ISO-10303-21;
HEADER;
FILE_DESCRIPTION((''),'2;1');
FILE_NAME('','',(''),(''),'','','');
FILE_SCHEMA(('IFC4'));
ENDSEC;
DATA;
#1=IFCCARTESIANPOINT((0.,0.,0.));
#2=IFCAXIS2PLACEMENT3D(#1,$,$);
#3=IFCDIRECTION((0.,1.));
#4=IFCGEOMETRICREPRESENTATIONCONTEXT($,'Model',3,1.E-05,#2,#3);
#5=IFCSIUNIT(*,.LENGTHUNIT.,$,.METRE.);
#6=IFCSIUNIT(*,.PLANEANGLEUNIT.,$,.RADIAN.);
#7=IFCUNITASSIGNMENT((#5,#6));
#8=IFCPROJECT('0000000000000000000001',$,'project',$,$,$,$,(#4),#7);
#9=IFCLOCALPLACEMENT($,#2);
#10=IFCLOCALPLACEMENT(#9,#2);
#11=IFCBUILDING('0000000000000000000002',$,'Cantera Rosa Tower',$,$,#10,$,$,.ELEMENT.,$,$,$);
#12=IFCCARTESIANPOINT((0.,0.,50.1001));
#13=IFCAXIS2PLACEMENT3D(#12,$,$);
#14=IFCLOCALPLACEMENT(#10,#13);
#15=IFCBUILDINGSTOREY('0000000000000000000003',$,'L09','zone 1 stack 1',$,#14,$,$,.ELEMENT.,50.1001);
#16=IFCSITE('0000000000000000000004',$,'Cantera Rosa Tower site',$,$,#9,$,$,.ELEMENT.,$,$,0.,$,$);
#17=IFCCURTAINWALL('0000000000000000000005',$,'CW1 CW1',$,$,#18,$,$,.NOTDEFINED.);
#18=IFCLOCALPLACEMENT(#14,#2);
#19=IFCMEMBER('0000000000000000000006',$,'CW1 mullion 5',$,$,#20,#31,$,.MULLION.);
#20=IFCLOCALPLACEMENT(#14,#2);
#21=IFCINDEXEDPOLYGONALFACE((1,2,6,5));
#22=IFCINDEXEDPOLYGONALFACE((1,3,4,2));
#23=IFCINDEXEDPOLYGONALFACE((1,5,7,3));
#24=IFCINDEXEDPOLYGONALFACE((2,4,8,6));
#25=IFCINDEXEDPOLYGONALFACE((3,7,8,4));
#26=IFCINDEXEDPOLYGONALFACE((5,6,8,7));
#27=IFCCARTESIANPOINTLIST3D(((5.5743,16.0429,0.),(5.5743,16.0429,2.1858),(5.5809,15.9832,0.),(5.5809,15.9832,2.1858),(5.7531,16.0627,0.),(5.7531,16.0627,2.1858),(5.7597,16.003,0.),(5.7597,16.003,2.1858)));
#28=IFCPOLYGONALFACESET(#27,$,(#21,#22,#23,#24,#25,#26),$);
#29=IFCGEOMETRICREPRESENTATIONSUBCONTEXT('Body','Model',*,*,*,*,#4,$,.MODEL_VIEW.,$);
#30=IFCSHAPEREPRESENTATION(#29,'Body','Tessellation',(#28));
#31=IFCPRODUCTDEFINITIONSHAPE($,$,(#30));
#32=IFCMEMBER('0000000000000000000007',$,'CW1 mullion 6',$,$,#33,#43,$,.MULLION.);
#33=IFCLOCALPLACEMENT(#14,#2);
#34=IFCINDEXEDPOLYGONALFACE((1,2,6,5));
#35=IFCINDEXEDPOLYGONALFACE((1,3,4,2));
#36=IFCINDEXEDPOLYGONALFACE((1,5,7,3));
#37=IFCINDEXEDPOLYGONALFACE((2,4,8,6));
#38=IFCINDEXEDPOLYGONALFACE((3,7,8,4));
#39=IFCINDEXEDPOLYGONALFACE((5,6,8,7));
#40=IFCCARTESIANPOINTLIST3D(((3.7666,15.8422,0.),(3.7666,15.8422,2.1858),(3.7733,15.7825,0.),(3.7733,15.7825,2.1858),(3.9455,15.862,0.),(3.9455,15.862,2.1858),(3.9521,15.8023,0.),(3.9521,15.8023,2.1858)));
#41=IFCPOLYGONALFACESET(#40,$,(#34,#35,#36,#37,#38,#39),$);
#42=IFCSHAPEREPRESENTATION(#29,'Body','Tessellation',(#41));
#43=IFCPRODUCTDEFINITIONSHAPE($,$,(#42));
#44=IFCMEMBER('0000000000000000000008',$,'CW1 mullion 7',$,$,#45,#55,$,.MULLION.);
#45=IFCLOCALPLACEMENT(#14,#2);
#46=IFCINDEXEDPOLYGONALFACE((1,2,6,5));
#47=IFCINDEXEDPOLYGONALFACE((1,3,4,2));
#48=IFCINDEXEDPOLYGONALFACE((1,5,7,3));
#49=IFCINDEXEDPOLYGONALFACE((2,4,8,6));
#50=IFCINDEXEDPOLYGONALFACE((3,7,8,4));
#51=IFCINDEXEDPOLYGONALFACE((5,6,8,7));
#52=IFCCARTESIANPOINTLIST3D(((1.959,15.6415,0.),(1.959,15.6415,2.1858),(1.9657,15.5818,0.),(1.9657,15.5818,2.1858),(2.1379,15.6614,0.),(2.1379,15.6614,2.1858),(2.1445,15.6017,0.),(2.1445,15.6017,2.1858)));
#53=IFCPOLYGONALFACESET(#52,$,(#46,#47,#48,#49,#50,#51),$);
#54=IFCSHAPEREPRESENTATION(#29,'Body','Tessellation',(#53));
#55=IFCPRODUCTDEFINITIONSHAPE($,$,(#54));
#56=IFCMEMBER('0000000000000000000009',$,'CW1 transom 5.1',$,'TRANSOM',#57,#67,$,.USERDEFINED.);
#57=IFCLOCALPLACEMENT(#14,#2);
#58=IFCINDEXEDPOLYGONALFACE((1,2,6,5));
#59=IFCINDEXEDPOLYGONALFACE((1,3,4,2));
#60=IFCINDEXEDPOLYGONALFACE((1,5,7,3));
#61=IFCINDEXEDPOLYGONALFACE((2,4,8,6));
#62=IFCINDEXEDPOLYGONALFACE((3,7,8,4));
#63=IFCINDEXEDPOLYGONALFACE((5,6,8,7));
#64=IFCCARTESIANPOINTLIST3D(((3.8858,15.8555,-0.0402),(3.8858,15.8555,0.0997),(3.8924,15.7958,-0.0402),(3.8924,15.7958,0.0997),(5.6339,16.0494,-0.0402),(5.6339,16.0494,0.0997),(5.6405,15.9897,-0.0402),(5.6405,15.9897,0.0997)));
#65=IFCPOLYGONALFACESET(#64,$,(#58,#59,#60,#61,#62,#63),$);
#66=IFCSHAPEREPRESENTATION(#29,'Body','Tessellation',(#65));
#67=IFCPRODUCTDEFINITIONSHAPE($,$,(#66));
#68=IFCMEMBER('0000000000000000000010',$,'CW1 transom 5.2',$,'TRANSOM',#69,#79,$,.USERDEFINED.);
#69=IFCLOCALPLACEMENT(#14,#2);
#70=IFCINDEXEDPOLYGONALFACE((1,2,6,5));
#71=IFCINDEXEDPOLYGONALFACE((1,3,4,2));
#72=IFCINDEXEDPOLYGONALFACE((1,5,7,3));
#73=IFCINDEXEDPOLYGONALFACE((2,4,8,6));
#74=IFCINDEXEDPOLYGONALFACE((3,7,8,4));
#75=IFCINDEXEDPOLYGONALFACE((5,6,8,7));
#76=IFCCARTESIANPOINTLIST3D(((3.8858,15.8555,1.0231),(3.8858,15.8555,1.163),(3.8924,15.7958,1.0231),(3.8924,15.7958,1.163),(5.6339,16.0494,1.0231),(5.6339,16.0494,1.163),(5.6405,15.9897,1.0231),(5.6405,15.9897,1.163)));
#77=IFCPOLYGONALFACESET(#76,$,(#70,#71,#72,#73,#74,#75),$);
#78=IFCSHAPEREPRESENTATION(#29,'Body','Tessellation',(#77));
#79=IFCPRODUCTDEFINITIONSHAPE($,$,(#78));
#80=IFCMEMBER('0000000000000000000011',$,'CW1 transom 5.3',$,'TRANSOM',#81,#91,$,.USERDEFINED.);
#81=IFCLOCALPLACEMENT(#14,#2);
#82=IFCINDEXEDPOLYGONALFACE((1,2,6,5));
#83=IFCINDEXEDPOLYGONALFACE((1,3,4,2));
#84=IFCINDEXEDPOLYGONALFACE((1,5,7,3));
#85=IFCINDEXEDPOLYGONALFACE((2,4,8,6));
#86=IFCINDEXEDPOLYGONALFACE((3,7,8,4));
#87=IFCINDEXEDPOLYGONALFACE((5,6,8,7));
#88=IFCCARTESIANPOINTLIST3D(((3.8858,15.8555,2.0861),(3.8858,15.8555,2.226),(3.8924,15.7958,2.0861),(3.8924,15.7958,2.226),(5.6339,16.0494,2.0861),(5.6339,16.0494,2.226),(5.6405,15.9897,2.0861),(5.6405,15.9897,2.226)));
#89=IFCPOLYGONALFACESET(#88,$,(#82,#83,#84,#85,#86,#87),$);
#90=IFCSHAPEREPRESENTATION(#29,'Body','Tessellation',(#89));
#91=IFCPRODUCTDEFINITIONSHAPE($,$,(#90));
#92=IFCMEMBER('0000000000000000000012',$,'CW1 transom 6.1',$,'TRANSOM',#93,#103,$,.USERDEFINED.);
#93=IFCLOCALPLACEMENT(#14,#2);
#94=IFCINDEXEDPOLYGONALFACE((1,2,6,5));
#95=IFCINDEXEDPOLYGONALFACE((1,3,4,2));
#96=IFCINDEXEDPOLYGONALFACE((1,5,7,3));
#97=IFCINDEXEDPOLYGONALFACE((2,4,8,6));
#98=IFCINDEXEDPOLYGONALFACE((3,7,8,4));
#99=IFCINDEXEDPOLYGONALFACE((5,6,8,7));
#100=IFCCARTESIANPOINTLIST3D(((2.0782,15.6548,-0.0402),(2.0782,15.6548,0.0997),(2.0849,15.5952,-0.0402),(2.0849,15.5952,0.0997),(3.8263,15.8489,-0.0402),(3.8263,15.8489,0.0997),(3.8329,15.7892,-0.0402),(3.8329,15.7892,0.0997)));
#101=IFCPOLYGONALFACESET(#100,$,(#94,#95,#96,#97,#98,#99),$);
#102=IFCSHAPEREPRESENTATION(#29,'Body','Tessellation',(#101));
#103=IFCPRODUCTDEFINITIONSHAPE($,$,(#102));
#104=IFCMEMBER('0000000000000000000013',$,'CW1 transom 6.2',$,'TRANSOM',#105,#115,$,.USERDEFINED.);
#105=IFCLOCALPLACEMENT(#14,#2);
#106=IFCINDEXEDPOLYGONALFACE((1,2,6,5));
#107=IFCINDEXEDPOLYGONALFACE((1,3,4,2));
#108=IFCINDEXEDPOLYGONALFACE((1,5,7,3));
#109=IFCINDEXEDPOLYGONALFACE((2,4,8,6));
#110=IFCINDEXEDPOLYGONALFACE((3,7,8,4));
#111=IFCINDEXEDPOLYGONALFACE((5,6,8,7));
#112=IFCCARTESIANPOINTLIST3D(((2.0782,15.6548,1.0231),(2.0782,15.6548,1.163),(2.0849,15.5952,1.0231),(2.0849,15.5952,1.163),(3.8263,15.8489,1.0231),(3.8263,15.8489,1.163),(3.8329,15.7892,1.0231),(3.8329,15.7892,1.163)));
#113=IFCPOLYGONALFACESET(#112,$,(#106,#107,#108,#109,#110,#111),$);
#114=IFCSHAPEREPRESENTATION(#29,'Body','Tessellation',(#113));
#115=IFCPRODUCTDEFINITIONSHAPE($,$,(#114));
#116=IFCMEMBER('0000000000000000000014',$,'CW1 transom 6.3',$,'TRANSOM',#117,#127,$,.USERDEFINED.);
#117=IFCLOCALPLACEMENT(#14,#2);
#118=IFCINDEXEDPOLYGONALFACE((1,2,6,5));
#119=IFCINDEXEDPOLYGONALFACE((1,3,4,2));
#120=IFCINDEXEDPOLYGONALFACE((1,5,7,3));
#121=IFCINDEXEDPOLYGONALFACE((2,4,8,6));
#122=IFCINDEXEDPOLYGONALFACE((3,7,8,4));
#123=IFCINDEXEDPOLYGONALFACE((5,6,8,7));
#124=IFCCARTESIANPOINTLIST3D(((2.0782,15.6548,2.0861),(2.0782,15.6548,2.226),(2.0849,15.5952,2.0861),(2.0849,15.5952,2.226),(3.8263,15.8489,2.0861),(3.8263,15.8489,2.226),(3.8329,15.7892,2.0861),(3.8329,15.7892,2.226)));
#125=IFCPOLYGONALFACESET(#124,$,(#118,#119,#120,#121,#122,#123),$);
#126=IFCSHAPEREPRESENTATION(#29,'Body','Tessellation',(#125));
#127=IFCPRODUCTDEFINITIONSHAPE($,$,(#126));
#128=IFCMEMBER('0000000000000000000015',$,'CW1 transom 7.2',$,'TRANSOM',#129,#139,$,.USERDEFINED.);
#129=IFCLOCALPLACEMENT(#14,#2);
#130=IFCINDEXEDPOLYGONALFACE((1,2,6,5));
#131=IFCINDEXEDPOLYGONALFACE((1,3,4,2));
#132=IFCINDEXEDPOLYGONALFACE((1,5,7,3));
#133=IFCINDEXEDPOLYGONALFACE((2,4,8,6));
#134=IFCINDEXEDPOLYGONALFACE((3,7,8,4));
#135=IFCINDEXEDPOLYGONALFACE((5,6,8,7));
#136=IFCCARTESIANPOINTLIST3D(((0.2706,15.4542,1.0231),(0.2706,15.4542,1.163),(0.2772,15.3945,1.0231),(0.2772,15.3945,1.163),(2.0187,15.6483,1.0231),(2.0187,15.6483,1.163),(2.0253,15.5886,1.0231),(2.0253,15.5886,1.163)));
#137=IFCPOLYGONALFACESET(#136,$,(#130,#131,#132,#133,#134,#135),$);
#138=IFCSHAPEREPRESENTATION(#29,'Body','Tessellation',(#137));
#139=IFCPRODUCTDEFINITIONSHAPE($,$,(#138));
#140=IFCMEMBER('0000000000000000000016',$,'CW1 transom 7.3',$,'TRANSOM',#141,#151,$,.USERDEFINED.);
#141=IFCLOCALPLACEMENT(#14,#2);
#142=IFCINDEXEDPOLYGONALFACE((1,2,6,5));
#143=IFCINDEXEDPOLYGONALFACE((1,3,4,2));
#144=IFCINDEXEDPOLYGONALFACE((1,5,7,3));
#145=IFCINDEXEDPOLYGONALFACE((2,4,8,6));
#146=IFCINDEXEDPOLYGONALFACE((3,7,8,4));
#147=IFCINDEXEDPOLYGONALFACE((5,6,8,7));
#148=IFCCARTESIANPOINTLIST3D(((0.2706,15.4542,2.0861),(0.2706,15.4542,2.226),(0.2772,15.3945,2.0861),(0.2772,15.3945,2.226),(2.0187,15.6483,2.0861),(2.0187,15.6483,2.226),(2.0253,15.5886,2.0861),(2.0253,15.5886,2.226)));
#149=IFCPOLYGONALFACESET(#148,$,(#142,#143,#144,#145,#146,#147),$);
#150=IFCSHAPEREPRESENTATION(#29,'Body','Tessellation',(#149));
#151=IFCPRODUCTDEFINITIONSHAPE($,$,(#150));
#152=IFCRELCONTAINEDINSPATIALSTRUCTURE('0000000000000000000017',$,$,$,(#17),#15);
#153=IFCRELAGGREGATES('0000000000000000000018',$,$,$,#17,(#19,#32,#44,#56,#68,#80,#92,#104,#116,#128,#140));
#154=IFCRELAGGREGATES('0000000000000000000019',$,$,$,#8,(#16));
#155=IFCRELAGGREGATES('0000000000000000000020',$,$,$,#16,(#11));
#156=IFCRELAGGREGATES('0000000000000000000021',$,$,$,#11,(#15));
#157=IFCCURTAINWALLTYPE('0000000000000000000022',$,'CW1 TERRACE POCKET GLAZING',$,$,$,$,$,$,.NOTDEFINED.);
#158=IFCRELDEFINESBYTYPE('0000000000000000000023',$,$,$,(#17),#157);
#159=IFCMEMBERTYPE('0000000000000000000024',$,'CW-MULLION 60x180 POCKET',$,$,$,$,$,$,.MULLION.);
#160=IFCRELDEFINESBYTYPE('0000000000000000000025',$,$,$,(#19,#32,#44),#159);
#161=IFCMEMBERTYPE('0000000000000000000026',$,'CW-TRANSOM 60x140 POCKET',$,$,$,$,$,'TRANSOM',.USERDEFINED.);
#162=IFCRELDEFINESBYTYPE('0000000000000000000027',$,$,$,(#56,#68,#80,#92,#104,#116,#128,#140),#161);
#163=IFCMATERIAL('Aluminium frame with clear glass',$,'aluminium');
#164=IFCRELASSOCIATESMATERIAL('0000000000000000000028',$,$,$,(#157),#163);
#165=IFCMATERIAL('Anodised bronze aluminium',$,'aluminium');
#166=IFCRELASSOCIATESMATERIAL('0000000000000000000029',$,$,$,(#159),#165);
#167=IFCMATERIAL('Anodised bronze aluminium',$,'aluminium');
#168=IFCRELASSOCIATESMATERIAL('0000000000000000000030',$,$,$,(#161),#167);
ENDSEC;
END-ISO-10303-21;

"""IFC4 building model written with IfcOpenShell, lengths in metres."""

from ifc_helpers import new_model, si_unit, direction, frame, origin, origin_2d, place, context, subcontext, project, spatial, rectangle, extrude, material, material_profile, profile_set, type_object, element, aggregate, save


model = new_model("IFC4")

# Units and contexts
model_context = context("Model", 3, precision=1e-05, world=origin(), true_north=direction((0.0, 1.0)))
body_context = subcontext(model_context, "Body", "Model", "MODEL_VIEW")
ifc_project = project(units=[si_unit("LENGTHUNIT", "METRE"), si_unit("PLANEANGLEUNIT", "RADIAN")], contexts=[model_context])

# Site, building, storey
site_placement = place(None, origin())
site = spatial("IfcSite", under=ifc_project, at=site_placement, Name="Cantera Rosa Tower site", CompositionType="ELEMENT", RefElevation=0.0)
building_placement = place(site_placement, origin())
building = spatial("IfcBuilding", under=site, at=building_placement, Name="Cantera Rosa Tower", CompositionType="ELEMENT")
storey_placement = place(building_placement, frame((0.0, 0.0, 50.1001)))
storey = spatial("IfcBuildingStorey", under=building, at=storey_placement, Name="L09", Description="zone 1 stack 1", CompositionType="ELEMENT", Elevation=50.1001)

# Curtain wall, members
ifc_material_1 = material(Name="Aluminium frame with clear glass", Category="aluminium")
curtain_wall_type = type_object("IfcCurtainWallType", Name="CW1 TERRACE POCKET GLAZING", PredefinedType="NOTDEFINED", material=ifc_material_1)
curtain_wall_placement = place(storey_placement, origin())
curtain_wall = element("IfcCurtainWall", 1, at=curtain_wall_placement, inside=storey, type_object=curtain_wall_type, Name="CW1 CW1", PredefinedType="NOTDEFINED")
ifc_material_2 = material(Name="Anodised bronze aluminium", Category="aluminium")
ifc_material_profile_1 = material_profile(ifc_material_2, rectangle(XDim=0.0601, YDim=0.1799, at=origin_2d()), Name="CW-MULLION 60x180 POCKET")
ifc_profile_set_1 = profile_set([ifc_material_profile_1], Name="Anodised bronze aluminium")
member_type_1 = type_object("IfcMemberType", Name="CW-MULLION 60x180 POCKET", PredefinedType="MULLION", material=ifc_profile_set_1)
member_1_placement = place(storey_placement, frame((5.667, 16.0229, 0.0), z_axis=(0.0, 0.0, 1.0), x_axis=(0.110313, -0.993897, 0.0)))
member_1 = element("IfcMember", 2, at=member_1_placement, type_object=member_type_1, Name="CW1 mullion 5", PredefinedType="MULLION", context=body_context, shape_type="SweptSolid", body=[
    extrude(rectangle(XDim=0.0601, YDim=0.1799, at=origin_2d()), origin(), (0.0, 0.0, 1.0), 2.1858),
])
member_2_placement = place(storey_placement, frame((3.8594, 15.8223, 0.0), z_axis=(0.0, 0.0, 1.0), x_axis=(0.110313, -0.993897, 0.0)))
member_2 = element("IfcMember", 3, at=member_2_placement, type_object=member_type_1, Name="CW1 mullion 6", PredefinedType="MULLION", context=body_context, shape_type="SweptSolid", body=[
    extrude(rectangle(XDim=0.0601, YDim=0.1799, at=origin_2d()), origin(), (0.0, 0.0, 1.0), 2.1858),
])
member_3_placement = place(storey_placement, frame((2.0518, 15.6216, 0.0), z_axis=(0.0, 0.0, 1.0), x_axis=(0.110313, -0.993897, 0.0)))
member_3 = element("IfcMember", 4, at=member_3_placement, type_object=member_type_1, Name="CW1 mullion 7", PredefinedType="MULLION", context=body_context, shape_type="SweptSolid", body=[
    extrude(rectangle(XDim=0.0601, YDim=0.1799, at=origin_2d()), origin(), (0.0, 0.0, 1.0), 2.1858),
])
ifc_material_3 = material(Name="Anodised bronze aluminium", Category="aluminium")
ifc_material_profile_2 = material_profile(ifc_material_3, rectangle(XDim=0.0601, YDim=0.1399, at=origin_2d()), Name="CW-TRANSOM 60x140 POCKET")
ifc_profile_set_2 = profile_set([ifc_material_profile_2], Name="Anodised bronze aluminium")
member_type_2 = type_object("IfcMemberType", Name="CW-TRANSOM 60x140 POCKET", ElementType="TRANSOM", PredefinedType="USERDEFINED", material=ifc_profile_set_2)
member_4_placement = place(storey_placement, frame((5.6372, 16.0195, 0.0298), z_axis=(-0.993907, -0.110218, 0.0), x_axis=(0.110218, -0.993907, 0.0)))
member_4 = element("IfcMember", 5, at=member_4_placement, type_object=member_type_2, Name="CW1 transom 5.1", ObjectType="TRANSOM", PredefinedType="USERDEFINED", context=body_context, shape_type="SweptSolid", body=[
    extrude(rectangle(XDim=0.0601, YDim=0.1399, at=origin_2d()), origin(), (0.0, 0.0, 1.0), 1.7588),
])
member_5_placement = place(storey_placement, frame((5.6372, 16.0195, 1.093), z_axis=(-0.993907, -0.110218, 0.0), x_axis=(0.110218, -0.993907, 0.0)))
member_5 = element("IfcMember", 6, at=member_5_placement, type_object=member_type_2, Name="CW1 transom 5.2", ObjectType="TRANSOM", PredefinedType="USERDEFINED", context=body_context, shape_type="SweptSolid", body=[
    extrude(rectangle(XDim=0.0601, YDim=0.1399, at=origin_2d()), origin(), (0.0, 0.0, 1.0), 1.7588),
])
member_6_placement = place(storey_placement, frame((5.6372, 16.0195, 2.156), z_axis=(-0.993907, -0.110218, 0.0), x_axis=(0.110218, -0.993907, 0.0)))
member_6 = element("IfcMember", 7, at=member_6_placement, type_object=member_type_2, Name="CW1 transom 5.3", ObjectType="TRANSOM", PredefinedType="USERDEFINED", context=body_context, shape_type="SweptSolid", body=[
    extrude(rectangle(XDim=0.0601, YDim=0.1399, at=origin_2d()), origin(), (0.0, 0.0, 1.0), 1.7588),
])
member_7_placement = place(storey_placement, frame((3.8296, 15.8191, 0.0298), z_axis=(-0.993892, -0.110355, 0.0), x_axis=(0.110355, -0.993892, 0.0)))
member_7 = element("IfcMember", 8, at=member_7_placement, type_object=member_type_2, Name="CW1 transom 6.1", ObjectType="TRANSOM", PredefinedType="USERDEFINED", context=body_context, shape_type="SweptSolid", body=[
    extrude(rectangle(XDim=0.0601, YDim=0.1399, at=origin_2d()), origin(), (0.0, 0.0, 1.0), 1.7588),
])
member_8_placement = place(storey_placement, frame((3.8296, 15.8191, 1.093), z_axis=(-0.993892, -0.110355, 0.0), x_axis=(0.110355, -0.993892, 0.0)))
member_8 = element("IfcMember", 9, at=member_8_placement, type_object=member_type_2, Name="CW1 transom 6.2", ObjectType="TRANSOM", PredefinedType="USERDEFINED", context=body_context, shape_type="SweptSolid", body=[
    extrude(rectangle(XDim=0.0601, YDim=0.1399, at=origin_2d()), origin(), (0.0, 0.0, 1.0), 1.7588),
])
member_9_placement = place(storey_placement, frame((3.8296, 15.8191, 2.156), z_axis=(-0.993892, -0.110355, 0.0), x_axis=(0.110355, -0.993892, 0.0)))
member_9 = element("IfcMember", 10, at=member_9_placement, type_object=member_type_2, Name="CW1 transom 6.3", ObjectType="TRANSOM", PredefinedType="USERDEFINED", context=body_context, shape_type="SweptSolid", body=[
    extrude(rectangle(XDim=0.0601, YDim=0.1399, at=origin_2d()), origin(), (0.0, 0.0, 1.0), 1.7588),
])
member_10_placement = place(storey_placement, frame((2.022, 15.6184, 1.093), z_axis=(-0.993892, -0.110355, 0.0), x_axis=(0.110355, -0.993892, 0.0)))
member_10 = element("IfcMember", 11, at=member_10_placement, type_object=member_type_2, Name="CW1 transom 7.2", ObjectType="TRANSOM", PredefinedType="USERDEFINED", context=body_context, shape_type="SweptSolid", body=[
    extrude(rectangle(XDim=0.0601, YDim=0.1399, at=origin_2d()), origin(), (0.0, 0.0, 1.0), 1.7588),
])
member_11_placement = place(storey_placement, frame((2.022, 15.6184, 2.156), z_axis=(-0.993892, -0.110355, 0.0), x_axis=(0.110355, -0.993892, 0.0)))
member_11 = element("IfcMember", 12, at=member_11_placement, type_object=member_type_2, Name="CW1 transom 7.3", ObjectType="TRANSOM", PredefinedType="USERDEFINED", context=body_context, shape_type="SweptSolid", body=[
    extrude(rectangle(XDim=0.0601, YDim=0.1399, at=origin_2d()), origin(), (0.0, 0.0, 1.0), 1.7588),
])

aggregate(curtain_wall, [member_1, member_2, member_3, member_4, member_5, member_6, member_7, member_8, member_9, member_10, member_11])

save(model, "model.ifc")
